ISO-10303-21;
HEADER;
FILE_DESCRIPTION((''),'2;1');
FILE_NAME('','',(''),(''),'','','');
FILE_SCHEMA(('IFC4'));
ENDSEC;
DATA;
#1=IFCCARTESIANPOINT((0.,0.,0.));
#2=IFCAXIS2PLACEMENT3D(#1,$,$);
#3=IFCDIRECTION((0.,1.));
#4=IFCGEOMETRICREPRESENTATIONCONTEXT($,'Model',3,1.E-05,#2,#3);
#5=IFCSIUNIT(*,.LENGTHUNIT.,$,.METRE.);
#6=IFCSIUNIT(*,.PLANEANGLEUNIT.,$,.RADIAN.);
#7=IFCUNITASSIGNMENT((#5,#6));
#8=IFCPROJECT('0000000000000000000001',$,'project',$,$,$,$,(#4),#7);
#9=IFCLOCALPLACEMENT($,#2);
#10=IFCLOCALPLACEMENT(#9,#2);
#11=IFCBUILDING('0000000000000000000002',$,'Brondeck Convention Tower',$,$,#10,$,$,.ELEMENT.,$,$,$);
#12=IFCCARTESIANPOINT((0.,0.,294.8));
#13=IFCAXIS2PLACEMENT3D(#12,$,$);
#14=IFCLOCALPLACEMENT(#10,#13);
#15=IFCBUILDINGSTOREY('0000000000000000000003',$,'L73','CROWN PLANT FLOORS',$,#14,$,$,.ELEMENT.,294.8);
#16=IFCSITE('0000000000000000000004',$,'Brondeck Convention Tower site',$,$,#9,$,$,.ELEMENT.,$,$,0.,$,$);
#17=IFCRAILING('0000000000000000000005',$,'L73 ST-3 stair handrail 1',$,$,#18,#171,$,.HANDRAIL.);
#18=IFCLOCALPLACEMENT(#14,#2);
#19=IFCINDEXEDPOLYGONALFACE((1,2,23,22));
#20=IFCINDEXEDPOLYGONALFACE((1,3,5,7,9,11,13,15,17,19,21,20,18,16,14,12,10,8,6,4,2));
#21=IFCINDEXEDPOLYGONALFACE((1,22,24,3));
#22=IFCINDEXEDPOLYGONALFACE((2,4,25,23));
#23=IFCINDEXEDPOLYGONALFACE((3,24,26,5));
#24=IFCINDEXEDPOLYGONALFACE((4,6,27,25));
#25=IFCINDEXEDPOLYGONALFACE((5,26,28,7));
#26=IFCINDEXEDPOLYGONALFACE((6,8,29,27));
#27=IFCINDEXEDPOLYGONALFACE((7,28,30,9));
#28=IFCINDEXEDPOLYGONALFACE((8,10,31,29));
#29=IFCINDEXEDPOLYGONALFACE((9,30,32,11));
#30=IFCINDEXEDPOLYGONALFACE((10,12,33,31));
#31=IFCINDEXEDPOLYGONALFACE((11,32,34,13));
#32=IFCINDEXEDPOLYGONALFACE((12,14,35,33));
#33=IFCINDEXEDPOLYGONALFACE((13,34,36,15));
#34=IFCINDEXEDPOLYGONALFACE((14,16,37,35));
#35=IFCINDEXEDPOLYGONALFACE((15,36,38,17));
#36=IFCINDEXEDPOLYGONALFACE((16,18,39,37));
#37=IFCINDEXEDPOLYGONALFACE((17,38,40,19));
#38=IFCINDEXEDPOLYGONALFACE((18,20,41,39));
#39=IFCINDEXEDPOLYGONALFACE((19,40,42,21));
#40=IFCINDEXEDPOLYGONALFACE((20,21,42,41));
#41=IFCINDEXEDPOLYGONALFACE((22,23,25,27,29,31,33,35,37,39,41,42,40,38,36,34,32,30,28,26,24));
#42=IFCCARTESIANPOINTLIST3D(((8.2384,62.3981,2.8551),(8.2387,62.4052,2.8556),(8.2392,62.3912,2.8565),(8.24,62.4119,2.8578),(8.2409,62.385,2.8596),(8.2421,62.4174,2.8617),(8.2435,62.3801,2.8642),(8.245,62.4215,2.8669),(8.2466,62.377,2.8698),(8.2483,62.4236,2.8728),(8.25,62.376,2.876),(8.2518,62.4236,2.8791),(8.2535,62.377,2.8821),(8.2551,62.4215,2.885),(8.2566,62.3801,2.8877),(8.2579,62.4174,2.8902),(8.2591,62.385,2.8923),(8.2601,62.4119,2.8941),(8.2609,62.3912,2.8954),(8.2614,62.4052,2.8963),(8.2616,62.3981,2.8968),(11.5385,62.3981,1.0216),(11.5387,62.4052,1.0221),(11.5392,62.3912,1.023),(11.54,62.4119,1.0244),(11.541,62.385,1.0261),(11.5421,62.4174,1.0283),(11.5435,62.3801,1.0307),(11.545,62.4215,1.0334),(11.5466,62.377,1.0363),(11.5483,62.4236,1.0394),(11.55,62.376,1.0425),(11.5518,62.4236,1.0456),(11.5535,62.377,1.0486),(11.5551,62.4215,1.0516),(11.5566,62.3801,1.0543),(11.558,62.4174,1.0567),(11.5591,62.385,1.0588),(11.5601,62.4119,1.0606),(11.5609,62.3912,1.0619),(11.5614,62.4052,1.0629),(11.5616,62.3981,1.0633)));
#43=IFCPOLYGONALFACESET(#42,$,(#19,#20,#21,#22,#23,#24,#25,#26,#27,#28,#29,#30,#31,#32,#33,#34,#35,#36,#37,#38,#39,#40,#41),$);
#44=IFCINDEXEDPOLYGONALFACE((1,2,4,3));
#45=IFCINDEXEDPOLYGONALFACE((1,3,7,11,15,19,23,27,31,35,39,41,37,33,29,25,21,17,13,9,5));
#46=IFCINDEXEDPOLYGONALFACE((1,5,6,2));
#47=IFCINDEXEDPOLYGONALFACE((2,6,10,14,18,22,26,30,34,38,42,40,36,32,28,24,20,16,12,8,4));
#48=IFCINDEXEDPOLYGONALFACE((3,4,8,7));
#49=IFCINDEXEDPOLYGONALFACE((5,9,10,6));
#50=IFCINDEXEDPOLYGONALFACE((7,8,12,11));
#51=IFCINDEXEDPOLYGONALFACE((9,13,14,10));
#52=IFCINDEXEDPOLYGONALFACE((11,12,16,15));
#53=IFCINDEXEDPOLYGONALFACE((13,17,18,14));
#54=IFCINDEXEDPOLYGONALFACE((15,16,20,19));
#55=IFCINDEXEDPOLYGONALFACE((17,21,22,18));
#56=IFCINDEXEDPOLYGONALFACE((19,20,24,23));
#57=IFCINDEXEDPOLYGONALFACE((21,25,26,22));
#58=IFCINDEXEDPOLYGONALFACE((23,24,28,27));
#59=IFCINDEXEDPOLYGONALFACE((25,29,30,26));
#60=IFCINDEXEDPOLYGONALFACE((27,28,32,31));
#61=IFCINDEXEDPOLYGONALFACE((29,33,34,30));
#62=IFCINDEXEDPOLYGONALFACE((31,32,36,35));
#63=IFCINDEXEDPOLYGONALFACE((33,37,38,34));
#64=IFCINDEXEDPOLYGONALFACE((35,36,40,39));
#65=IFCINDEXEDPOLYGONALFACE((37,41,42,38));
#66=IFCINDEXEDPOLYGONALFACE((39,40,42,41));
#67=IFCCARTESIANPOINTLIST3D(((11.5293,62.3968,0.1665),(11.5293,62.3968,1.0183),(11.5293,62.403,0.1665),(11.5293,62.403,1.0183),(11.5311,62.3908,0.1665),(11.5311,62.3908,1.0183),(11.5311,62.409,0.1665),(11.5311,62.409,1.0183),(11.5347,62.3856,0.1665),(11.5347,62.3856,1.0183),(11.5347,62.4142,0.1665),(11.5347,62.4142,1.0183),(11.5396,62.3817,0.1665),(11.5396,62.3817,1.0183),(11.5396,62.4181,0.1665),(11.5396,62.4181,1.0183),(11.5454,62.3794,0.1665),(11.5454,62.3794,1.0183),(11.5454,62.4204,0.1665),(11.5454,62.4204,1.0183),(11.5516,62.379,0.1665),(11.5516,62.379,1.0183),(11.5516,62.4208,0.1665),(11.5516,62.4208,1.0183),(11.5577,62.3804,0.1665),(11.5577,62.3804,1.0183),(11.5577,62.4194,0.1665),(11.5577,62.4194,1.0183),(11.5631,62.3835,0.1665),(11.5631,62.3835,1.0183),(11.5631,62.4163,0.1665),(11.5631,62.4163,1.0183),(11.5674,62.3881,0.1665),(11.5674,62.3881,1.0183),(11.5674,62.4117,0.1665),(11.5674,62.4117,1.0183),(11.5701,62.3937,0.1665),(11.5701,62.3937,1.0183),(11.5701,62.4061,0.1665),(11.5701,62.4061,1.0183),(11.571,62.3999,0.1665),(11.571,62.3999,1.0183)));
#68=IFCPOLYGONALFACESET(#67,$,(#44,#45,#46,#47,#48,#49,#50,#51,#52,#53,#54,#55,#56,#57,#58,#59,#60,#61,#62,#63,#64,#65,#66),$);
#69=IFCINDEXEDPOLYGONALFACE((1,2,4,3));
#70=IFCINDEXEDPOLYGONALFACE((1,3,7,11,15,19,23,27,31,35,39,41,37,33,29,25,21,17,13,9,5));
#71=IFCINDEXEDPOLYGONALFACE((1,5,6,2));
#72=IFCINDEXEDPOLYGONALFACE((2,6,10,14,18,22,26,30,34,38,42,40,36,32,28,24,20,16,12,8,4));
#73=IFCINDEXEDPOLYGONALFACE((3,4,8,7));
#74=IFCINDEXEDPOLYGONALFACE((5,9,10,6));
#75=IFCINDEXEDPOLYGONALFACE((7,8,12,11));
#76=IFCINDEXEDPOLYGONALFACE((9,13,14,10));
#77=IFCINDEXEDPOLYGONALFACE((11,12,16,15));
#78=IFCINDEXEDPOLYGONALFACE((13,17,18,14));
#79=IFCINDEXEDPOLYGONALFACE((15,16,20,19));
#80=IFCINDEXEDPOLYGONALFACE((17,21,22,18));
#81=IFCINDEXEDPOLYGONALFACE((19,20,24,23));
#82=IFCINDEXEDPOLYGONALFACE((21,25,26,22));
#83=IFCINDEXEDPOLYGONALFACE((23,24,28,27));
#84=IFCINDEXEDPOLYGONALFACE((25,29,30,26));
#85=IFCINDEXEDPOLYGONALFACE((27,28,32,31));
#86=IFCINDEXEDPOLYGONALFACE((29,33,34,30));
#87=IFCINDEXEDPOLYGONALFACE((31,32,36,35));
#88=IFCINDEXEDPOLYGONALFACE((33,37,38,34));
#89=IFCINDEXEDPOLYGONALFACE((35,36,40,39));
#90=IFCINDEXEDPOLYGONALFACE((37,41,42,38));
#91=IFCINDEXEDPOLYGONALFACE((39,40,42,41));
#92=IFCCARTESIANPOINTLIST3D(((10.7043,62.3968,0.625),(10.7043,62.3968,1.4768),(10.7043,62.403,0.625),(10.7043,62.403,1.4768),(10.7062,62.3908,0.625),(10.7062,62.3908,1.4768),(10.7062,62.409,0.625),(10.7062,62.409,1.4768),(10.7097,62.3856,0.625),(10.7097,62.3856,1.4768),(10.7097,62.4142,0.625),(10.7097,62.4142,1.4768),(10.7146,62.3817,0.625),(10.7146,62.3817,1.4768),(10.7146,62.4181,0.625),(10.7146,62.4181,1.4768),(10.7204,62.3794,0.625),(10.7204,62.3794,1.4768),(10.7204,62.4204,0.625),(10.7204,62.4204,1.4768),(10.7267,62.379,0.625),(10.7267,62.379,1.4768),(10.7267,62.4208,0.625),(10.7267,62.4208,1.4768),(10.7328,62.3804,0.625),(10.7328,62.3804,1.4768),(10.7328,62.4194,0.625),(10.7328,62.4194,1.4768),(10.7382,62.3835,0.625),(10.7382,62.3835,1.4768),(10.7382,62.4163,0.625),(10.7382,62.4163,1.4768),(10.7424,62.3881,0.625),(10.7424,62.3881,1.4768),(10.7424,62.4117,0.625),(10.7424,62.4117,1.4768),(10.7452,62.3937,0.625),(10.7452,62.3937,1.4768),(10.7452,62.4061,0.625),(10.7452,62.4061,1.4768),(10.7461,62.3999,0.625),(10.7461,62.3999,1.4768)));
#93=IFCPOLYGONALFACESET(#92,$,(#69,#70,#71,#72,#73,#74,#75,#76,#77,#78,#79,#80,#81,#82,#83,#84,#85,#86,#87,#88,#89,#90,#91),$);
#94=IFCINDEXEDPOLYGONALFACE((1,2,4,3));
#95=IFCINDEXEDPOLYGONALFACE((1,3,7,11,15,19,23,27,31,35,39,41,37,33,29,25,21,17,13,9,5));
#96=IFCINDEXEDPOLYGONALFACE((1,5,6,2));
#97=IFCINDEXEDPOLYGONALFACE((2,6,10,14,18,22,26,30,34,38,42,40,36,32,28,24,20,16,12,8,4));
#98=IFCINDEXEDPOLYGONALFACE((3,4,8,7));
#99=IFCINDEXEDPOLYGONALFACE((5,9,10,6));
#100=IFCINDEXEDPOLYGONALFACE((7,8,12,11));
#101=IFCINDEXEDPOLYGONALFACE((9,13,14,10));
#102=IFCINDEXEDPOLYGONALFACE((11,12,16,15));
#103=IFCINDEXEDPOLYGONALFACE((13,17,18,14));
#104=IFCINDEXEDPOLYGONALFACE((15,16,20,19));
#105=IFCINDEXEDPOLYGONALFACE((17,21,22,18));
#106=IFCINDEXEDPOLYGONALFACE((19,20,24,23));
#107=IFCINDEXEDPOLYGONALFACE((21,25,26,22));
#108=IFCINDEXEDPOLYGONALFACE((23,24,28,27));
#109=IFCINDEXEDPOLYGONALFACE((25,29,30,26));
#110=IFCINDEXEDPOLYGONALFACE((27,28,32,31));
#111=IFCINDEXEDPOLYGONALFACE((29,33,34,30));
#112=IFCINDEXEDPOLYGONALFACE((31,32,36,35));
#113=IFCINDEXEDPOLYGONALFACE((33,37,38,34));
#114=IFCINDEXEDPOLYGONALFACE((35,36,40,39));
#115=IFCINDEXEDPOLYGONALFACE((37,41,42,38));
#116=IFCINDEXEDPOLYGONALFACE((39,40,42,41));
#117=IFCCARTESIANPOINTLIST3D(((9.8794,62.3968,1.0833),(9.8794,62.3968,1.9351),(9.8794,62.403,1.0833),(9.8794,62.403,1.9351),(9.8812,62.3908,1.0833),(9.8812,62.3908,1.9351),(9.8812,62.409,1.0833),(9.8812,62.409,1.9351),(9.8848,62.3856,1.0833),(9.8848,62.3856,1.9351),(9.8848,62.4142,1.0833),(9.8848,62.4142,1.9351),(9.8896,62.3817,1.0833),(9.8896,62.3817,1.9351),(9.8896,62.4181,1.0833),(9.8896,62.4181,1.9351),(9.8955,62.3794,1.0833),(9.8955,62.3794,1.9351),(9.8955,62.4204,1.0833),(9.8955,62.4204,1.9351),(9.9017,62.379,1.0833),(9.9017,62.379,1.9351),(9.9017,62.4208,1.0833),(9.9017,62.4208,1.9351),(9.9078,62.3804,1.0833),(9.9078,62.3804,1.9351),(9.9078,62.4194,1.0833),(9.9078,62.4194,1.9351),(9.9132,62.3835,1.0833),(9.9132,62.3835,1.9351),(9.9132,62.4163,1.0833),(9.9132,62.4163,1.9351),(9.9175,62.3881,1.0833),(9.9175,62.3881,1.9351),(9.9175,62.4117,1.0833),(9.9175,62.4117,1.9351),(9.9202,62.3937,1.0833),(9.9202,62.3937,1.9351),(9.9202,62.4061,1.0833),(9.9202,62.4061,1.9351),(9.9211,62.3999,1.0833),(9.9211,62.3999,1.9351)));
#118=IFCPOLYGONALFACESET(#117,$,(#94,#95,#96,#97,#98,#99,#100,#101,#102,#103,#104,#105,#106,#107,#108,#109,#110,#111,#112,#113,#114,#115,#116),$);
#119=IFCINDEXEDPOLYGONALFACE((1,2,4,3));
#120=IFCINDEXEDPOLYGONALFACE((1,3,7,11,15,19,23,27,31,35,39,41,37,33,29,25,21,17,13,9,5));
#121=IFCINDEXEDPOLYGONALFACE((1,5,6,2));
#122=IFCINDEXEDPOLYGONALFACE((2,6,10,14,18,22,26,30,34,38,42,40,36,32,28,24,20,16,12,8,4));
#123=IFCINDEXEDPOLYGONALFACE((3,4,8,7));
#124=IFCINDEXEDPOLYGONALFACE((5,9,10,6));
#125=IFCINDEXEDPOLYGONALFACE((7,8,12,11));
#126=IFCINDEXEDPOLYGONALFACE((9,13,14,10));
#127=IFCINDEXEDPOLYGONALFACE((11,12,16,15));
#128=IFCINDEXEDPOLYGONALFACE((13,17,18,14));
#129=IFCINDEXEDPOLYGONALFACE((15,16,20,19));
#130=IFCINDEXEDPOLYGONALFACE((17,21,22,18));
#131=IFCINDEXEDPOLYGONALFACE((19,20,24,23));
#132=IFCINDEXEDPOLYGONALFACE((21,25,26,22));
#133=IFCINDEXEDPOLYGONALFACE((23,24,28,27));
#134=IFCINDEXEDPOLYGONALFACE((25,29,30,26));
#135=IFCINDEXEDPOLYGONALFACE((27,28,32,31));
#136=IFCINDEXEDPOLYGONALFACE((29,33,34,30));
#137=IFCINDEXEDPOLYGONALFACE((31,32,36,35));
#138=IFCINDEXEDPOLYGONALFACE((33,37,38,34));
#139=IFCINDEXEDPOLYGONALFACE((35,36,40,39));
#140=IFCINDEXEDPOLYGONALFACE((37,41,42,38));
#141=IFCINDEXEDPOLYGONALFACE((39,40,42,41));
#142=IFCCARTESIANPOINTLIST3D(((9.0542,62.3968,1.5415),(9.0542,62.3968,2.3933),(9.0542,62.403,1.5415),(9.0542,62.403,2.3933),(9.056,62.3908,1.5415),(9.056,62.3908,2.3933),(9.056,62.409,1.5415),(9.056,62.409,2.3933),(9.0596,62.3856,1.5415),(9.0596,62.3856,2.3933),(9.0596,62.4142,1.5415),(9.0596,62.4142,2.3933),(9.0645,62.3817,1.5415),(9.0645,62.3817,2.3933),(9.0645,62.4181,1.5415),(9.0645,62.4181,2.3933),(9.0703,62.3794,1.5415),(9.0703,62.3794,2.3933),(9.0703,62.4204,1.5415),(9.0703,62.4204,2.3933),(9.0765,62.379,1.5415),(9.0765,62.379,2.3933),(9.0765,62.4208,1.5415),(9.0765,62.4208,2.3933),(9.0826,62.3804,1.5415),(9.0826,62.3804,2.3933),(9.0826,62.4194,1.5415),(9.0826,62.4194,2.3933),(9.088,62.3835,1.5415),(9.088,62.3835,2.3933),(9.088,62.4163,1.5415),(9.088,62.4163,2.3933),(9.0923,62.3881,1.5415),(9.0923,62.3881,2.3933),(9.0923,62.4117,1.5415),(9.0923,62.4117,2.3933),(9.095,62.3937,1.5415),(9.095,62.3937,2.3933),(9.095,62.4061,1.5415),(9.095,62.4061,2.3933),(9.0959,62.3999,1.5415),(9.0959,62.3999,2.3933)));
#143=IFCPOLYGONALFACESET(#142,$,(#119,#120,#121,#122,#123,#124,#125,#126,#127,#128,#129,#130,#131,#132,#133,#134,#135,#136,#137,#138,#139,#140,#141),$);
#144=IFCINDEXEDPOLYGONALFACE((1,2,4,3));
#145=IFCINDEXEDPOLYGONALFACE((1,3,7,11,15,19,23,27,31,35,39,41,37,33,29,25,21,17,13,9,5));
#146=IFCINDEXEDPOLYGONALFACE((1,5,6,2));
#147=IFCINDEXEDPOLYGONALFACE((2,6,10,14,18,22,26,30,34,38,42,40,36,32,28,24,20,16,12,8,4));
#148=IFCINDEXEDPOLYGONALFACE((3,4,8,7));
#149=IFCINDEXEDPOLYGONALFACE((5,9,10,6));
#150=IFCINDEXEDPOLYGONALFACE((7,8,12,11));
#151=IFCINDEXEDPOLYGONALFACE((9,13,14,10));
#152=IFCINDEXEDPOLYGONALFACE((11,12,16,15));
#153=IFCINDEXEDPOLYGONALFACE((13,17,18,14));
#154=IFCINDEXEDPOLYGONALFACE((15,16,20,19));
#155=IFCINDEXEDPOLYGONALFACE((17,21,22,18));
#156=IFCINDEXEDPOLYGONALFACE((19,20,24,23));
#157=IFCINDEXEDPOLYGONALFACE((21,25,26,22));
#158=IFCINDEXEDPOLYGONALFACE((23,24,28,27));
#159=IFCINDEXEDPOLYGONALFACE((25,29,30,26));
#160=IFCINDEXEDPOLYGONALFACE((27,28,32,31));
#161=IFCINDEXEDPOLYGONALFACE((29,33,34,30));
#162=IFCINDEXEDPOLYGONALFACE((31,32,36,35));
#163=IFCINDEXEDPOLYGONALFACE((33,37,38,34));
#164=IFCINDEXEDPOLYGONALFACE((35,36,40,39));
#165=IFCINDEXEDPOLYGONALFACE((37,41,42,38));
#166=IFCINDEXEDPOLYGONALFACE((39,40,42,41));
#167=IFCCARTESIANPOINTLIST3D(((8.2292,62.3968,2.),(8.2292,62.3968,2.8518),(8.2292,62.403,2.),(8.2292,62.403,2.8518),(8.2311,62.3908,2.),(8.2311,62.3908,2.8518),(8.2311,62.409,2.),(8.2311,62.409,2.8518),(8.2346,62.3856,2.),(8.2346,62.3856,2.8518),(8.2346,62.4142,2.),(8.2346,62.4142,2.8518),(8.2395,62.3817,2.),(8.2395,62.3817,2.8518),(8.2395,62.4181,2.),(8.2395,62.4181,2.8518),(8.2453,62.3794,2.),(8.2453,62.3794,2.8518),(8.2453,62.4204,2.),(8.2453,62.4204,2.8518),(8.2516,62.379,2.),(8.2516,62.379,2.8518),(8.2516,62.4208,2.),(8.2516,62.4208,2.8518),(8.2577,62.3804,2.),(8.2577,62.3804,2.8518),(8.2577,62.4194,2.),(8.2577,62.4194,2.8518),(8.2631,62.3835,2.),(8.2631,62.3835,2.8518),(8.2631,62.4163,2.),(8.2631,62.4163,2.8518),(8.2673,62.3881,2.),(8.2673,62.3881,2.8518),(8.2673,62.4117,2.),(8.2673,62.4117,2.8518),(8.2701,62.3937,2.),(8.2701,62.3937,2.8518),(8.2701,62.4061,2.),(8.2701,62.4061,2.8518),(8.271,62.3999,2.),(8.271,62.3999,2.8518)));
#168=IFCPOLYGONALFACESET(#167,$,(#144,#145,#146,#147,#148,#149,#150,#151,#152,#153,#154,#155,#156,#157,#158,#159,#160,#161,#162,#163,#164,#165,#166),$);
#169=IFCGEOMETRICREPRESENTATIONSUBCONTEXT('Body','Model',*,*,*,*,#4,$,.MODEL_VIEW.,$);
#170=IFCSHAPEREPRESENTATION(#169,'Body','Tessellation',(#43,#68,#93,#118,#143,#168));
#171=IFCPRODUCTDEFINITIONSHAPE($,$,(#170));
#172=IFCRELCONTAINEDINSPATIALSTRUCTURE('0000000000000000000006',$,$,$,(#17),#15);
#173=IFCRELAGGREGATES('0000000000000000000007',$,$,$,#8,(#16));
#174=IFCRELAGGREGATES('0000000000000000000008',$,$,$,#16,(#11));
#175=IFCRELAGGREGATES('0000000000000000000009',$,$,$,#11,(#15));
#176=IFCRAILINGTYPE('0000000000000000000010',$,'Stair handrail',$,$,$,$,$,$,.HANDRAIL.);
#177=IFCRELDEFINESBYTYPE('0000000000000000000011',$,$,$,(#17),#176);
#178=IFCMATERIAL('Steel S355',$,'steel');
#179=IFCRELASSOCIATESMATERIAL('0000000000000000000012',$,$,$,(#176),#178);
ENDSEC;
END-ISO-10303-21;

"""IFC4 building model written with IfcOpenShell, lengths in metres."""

from ifc_helpers import new_model, si_unit, direction, frame, origin, origin_2d, place, context, subcontext, project, spatial, circle, extrude, material, type_object, element, save


model = new_model("IFC4")

# Units and contexts
model_context = context("Model", 3, precision=1e-05, world=origin(), true_north=direction((0.0, 1.0)))
body_context = subcontext(model_context, "Body", "Model", "MODEL_VIEW")
ifc_project = project(units=[si_unit("LENGTHUNIT", "METRE"), si_unit("PLANEANGLEUNIT", "RADIAN")], contexts=[model_context])

# Site, building, storey
site_placement = place(None, origin())
site = spatial("IfcSite", under=ifc_project, at=site_placement, Name="Brondeck Convention Tower site", CompositionType="ELEMENT", RefElevation=0.0)
building_placement = place(site_placement, origin())
building = spatial("IfcBuilding", under=site, at=building_placement, Name="Brondeck Convention Tower", CompositionType="ELEMENT")
storey_placement = place(building_placement, frame((0.0, 0.0, 294.8)))
storey = spatial("IfcBuildingStorey", under=building, at=storey_placement, Name="L73", Description="CROWN PLANT FLOORS", CompositionType="ELEMENT", Elevation=294.8)

# Railing
ifc_material_1 = material(Name="Steel S355", Category="steel")
railing_type_1 = type_object("IfcRailingType", Name="Stair handrail", PredefinedType="HANDRAIL", material=ifc_material_1)
railing_1_placement = place(storey_placement, frame((11.55, 62.3999, 0.1665)))
element("IfcRailing", 1, at=railing_1_placement, inside=storey, type_object=railing_type_1, Name="L73 ST-3 stair handrail 1", PredefinedType="HANDRAIL", context=body_context, shape_type="SweptSolid", body=[
    extrude(circle(Radius=0.0239, at=origin_2d()), frame((0.0, 0.0, 0.876), z_axis=(-0.874142, 0.0, 0.48567), x_axis=(0.0, -1.0, 0.0)), (0.0, 0.0, 1.0), 3.7751),
    extrude(circle(Radius=0.021, at=origin_2d()), origin(), (0.0, 0.0, 1.0), 0.8518),
    extrude(circle(Radius=0.021, at=origin_2d()), frame((-0.825, 0.0, 0.4585)), (0.0, 0.0, 1.0), 0.8518),
    extrude(circle(Radius=0.021, at=origin_2d()), frame((-1.6499, 0.0, 0.9167)), (0.0, 0.0, 1.0), 0.8518),
    extrude(circle(Radius=0.021, at=origin_2d()), frame((-2.4751, 0.0, 1.375)), (0.0, 0.0, 1.0), 0.8518),
    extrude(circle(Radius=0.021, at=origin_2d()), frame((-3.3, 0.0, 1.8335)), (0.0, 0.0, 1.0), 0.8518),
])

save(model, "model.ifc")
